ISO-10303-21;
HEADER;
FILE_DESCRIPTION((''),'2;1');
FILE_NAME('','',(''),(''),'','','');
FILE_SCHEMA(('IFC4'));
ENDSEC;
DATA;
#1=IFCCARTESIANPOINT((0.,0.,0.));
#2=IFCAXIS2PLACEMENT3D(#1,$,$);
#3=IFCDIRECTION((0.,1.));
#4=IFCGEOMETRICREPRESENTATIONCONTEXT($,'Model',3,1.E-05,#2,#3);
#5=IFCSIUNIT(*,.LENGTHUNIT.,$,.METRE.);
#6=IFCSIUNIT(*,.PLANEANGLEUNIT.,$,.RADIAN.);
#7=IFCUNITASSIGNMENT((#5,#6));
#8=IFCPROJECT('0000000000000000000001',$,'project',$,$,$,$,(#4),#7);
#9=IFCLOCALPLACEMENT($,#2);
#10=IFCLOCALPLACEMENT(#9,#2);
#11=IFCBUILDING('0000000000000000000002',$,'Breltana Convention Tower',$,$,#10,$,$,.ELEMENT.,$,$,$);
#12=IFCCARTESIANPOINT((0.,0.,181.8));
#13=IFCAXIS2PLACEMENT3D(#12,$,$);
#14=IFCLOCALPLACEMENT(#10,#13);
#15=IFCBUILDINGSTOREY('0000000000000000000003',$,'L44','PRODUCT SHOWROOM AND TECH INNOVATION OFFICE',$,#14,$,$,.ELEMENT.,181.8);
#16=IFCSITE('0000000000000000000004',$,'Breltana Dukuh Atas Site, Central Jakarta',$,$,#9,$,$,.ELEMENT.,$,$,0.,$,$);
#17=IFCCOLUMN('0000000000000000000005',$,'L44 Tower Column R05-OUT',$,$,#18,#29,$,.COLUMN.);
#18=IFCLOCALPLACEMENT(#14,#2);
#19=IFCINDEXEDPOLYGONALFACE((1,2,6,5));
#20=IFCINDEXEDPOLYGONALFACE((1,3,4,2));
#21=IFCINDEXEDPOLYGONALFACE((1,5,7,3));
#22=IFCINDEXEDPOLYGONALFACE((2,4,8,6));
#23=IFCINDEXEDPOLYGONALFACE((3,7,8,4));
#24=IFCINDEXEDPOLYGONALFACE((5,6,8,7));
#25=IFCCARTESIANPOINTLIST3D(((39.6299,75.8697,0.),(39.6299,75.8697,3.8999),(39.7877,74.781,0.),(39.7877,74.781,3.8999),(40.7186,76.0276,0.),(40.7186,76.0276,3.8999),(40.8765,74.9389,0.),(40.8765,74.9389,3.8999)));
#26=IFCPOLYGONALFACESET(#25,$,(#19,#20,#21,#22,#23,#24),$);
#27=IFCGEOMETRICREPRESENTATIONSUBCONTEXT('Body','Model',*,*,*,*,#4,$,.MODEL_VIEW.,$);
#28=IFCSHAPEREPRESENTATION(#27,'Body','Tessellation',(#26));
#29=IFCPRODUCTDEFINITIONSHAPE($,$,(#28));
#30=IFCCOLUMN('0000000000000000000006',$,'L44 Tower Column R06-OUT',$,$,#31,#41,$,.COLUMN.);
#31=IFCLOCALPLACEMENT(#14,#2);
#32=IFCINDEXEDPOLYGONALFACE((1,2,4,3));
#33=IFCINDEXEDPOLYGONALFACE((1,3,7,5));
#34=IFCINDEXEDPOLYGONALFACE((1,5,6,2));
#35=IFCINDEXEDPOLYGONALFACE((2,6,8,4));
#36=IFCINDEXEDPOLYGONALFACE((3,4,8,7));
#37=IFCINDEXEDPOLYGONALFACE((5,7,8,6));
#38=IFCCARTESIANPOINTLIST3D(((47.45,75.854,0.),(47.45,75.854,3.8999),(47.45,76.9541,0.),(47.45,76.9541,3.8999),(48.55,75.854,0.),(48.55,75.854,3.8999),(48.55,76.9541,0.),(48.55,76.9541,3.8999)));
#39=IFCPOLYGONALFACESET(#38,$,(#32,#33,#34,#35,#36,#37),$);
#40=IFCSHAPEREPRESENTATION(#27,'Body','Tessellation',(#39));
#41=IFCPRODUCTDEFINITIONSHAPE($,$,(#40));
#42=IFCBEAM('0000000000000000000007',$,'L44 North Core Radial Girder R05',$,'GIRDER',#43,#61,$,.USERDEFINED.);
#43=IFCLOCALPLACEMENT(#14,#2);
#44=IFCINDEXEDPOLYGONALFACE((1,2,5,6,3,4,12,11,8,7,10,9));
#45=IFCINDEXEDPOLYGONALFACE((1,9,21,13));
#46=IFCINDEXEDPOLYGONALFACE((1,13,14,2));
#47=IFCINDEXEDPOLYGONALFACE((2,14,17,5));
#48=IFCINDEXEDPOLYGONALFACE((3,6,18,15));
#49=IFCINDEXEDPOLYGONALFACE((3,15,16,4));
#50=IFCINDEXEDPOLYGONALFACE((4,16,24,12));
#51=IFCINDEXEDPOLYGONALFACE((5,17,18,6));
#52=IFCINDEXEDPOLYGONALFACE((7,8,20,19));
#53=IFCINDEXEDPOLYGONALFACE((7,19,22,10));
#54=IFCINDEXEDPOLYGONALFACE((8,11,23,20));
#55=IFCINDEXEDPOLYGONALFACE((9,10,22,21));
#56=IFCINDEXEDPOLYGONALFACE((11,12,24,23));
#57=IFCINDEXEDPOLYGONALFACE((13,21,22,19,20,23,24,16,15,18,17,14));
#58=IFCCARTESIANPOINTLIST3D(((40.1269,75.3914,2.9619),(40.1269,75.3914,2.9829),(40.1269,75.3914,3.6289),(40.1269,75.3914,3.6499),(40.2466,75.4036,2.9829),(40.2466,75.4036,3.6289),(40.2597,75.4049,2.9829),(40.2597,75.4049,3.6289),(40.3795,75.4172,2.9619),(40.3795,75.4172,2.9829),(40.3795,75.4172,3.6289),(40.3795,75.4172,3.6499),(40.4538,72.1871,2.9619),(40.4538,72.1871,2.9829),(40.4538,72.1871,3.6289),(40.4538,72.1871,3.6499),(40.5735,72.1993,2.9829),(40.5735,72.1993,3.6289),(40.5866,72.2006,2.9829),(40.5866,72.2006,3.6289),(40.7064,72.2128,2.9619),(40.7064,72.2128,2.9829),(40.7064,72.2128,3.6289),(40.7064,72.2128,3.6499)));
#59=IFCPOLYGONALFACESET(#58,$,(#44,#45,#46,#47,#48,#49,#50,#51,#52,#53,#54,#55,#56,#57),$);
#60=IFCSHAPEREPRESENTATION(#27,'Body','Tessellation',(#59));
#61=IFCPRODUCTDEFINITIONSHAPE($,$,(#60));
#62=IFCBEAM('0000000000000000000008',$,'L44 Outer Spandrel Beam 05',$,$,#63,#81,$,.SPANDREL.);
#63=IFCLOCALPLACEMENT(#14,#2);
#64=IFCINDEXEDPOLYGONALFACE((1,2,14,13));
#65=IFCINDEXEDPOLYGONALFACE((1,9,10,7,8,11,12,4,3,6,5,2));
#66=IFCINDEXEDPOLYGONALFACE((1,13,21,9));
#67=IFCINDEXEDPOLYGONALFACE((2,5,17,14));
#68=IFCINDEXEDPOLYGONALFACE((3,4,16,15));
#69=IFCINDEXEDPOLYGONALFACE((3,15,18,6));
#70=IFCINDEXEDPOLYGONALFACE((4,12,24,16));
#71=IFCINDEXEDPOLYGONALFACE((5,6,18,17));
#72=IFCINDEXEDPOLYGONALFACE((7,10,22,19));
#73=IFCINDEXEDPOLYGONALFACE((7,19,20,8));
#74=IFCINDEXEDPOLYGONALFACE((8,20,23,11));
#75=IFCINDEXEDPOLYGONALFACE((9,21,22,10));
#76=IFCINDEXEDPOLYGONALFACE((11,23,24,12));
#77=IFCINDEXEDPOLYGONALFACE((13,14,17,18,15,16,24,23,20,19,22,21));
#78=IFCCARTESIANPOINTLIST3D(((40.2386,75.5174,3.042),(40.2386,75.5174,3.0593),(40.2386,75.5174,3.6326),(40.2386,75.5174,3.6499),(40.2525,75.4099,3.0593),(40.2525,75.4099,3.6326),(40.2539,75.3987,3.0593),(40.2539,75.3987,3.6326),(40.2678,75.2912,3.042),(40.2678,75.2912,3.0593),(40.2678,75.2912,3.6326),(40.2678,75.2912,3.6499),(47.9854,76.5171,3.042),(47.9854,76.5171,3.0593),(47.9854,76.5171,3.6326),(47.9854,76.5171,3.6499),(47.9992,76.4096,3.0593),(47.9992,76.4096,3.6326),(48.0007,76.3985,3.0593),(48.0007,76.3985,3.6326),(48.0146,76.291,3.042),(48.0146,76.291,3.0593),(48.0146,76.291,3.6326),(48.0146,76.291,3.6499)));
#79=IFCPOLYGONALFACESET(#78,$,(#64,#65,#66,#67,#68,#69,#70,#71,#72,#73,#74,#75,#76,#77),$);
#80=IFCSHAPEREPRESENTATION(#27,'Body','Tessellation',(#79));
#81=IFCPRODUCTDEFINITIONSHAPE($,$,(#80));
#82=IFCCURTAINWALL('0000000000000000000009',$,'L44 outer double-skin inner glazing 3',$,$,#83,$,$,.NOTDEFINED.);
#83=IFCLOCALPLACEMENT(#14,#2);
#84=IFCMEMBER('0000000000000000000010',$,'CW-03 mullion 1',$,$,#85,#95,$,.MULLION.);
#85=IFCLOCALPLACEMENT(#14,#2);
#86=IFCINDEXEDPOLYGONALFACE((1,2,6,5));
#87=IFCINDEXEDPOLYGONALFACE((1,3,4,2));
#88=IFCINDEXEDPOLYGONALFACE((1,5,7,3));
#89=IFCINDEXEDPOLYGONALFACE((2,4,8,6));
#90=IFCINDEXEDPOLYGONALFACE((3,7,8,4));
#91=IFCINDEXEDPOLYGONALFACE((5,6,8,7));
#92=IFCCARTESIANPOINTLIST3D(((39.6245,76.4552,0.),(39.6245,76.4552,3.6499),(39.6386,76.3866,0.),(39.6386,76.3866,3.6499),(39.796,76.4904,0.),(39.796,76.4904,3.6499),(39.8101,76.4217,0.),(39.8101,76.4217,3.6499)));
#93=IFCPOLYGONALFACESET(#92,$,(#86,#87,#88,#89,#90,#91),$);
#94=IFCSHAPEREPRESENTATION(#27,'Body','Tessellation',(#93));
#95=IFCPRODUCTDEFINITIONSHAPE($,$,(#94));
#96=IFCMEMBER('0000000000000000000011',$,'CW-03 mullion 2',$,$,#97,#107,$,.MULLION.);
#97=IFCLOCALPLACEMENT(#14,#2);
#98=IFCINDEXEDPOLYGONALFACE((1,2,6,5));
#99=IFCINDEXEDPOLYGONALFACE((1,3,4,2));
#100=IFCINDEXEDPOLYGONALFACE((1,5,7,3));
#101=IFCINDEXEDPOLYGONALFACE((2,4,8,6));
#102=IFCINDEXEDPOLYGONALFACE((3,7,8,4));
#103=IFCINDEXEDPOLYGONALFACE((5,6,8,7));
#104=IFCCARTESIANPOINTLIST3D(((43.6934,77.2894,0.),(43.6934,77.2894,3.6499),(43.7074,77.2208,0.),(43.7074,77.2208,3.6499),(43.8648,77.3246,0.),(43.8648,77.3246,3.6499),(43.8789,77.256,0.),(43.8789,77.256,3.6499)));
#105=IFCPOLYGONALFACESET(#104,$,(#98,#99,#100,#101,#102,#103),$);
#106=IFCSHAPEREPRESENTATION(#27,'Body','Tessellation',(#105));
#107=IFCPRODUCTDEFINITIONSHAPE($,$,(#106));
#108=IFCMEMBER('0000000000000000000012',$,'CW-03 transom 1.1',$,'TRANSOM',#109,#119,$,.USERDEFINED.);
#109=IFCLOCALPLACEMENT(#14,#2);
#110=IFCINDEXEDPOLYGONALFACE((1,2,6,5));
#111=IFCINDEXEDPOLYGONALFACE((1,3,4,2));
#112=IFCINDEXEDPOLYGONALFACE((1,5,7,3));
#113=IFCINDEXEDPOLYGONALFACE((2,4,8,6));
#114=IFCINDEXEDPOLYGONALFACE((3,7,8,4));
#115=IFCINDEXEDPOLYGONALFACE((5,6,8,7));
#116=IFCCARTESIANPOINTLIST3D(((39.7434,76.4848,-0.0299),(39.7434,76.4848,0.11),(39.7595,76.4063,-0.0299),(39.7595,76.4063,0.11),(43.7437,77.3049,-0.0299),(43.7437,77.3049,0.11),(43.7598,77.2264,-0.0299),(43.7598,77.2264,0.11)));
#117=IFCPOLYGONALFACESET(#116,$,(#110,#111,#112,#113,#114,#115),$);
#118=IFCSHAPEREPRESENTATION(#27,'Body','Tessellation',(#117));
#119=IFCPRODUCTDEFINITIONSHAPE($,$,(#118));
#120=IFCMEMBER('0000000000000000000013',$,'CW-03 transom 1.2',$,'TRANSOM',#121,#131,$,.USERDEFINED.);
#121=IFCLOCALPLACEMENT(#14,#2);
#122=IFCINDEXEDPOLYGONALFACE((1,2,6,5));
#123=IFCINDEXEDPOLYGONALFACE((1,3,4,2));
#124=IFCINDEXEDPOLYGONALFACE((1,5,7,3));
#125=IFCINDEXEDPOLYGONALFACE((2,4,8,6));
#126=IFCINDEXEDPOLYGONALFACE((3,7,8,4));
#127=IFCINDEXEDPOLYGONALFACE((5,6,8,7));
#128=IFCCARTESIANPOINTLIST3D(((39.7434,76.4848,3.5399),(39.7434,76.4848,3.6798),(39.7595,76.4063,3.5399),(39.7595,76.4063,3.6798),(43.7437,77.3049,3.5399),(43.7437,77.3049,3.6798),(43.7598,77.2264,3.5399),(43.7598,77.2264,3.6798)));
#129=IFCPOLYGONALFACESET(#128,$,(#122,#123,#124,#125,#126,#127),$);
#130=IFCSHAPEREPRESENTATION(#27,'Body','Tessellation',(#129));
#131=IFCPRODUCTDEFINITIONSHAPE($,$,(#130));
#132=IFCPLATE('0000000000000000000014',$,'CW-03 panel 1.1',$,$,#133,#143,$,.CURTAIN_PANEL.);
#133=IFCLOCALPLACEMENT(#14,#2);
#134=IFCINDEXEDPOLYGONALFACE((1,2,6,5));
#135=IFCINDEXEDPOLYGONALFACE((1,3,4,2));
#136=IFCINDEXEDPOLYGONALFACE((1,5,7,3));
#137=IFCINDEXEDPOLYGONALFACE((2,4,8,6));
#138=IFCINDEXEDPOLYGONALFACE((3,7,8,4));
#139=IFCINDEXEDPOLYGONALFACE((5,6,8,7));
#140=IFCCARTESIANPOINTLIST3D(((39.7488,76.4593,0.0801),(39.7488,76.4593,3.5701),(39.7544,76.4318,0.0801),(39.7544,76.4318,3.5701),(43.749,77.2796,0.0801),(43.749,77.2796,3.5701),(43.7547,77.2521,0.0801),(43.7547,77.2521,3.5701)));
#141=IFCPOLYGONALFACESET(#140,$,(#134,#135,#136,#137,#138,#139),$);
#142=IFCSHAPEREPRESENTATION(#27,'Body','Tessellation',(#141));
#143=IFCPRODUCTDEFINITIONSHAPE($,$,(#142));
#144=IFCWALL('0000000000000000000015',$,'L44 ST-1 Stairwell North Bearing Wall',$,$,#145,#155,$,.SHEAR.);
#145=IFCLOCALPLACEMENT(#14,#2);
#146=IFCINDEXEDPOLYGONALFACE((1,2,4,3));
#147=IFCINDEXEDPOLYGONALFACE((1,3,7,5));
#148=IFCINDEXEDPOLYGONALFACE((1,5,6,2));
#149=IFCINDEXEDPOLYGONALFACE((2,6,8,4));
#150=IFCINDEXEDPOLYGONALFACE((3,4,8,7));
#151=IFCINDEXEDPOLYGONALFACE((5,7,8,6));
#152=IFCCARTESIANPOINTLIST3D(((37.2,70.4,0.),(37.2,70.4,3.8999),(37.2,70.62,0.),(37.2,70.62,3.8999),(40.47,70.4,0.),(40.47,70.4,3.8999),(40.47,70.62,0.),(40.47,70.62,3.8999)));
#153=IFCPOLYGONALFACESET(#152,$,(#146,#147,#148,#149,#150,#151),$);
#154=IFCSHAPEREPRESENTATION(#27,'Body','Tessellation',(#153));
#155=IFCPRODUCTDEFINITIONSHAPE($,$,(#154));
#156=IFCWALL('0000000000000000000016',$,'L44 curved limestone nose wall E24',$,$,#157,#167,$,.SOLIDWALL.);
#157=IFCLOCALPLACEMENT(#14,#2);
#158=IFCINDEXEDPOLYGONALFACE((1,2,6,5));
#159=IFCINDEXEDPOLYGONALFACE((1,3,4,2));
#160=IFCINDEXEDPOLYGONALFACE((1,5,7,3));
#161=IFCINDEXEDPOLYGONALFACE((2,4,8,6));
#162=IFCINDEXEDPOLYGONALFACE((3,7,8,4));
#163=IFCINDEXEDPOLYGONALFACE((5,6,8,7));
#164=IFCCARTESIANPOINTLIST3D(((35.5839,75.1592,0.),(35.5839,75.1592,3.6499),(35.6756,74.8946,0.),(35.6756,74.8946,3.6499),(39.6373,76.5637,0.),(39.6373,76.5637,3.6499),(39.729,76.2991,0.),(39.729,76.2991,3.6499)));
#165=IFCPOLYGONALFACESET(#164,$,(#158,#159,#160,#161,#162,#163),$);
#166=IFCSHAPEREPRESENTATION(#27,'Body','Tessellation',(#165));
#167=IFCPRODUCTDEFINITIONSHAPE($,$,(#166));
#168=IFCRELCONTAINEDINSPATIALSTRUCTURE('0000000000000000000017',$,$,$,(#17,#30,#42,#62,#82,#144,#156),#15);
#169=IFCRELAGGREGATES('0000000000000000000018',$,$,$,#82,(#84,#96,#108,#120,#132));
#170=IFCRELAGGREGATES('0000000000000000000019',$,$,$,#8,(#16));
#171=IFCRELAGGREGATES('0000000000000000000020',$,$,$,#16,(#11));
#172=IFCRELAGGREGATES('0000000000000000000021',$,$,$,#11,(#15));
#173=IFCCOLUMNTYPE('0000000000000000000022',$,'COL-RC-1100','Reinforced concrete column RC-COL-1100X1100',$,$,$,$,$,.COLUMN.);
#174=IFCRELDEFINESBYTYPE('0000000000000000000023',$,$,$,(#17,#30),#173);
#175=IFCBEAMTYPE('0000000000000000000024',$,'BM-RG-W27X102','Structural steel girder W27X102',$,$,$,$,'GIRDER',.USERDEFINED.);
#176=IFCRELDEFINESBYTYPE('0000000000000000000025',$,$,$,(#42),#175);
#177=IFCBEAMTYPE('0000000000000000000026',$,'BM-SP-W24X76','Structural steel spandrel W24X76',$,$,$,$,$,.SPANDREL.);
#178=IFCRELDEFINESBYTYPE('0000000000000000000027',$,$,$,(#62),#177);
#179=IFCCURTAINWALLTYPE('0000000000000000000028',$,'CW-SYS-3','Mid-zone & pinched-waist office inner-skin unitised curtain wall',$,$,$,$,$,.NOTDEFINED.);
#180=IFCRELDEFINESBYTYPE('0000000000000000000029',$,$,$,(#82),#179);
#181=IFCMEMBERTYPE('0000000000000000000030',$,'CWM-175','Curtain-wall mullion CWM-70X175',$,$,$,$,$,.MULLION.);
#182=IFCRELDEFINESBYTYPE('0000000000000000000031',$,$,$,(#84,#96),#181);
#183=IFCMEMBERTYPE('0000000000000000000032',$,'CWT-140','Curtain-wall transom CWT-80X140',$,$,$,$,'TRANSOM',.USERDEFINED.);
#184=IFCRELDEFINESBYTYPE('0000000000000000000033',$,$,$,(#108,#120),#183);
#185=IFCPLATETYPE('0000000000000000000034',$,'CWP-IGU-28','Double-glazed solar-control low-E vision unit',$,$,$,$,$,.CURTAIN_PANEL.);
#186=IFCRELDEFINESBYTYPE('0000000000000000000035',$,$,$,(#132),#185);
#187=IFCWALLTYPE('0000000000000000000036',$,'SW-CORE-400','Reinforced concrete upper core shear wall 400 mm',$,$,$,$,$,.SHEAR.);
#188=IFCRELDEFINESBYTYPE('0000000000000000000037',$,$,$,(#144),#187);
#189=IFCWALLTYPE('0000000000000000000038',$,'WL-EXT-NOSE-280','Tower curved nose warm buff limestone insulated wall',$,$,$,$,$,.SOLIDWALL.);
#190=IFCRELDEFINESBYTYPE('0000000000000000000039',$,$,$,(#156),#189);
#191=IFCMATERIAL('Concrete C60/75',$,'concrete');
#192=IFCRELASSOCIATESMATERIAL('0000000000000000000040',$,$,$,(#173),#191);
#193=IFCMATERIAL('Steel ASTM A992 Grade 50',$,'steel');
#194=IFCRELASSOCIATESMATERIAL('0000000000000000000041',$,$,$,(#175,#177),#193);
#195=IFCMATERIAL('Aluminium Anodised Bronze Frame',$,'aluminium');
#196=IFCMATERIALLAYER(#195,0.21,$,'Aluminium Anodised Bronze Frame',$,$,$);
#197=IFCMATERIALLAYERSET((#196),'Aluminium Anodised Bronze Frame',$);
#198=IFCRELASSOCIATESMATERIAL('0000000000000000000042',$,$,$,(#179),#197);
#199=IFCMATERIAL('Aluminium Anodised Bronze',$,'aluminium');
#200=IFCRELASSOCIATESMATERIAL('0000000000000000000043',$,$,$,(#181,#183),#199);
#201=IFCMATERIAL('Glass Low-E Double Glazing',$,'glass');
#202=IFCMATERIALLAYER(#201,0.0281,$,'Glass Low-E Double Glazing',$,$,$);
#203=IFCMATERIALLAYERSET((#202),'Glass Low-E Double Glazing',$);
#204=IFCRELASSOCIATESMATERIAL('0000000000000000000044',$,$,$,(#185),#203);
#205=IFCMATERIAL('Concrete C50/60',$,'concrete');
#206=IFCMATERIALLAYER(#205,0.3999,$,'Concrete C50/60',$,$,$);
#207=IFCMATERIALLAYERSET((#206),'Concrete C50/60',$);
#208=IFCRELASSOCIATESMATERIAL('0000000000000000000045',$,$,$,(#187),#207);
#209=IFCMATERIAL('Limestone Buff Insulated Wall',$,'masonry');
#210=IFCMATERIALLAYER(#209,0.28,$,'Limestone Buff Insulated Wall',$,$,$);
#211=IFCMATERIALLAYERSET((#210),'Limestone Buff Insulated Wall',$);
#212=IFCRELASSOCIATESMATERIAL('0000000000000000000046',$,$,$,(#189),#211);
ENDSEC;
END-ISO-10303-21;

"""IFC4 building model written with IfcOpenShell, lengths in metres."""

from ifc_helpers import new_model, si_unit, direction, frame, frame_2d, origin, origin_2d, place, context, subcontext, project, spatial, rectangle, i_section, extrude, source, transform, mapped, material, layer, layer_set, material_profile, profile_set, type_object, element, aggregate, save


model = new_model("IFC4")

# Units and contexts
model_context = context("Model", 3, precision=1e-05, world=origin(), true_north=direction((0.0, 1.0)))
body_context = subcontext(model_context, "Body", "Model", "MODEL_VIEW")
ifc_project = project(units=[si_unit("LENGTHUNIT", "METRE"), si_unit("PLANEANGLEUNIT", "RADIAN")], contexts=[model_context])

# Site, building, storey
site_placement = place(None, origin())
site = spatial("IfcSite", under=ifc_project, at=site_placement, Name="Breltana Dukuh Atas Site, Central Jakarta", CompositionType="ELEMENT", RefElevation=0.0)
building_placement = place(site_placement, origin())
building = spatial("IfcBuilding", under=site, at=building_placement, Name="Breltana Convention Tower", CompositionType="ELEMENT")
storey_placement = place(building_placement, frame((0.0, 0.0, 181.8)))
storey = spatial("IfcBuildingStorey", under=building, at=storey_placement, Name="L44", Description="PRODUCT SHOWROOM AND TECH INNOVATION OFFICE", CompositionType="ELEMENT", Elevation=181.8)

# Columns
ifc_material_1 = material(Name="Concrete C60/75", Category="concrete")
ifc_material_profile_1 = material_profile(ifc_material_1, rectangle(XDim=1.1001, YDim=1.1001, at=origin_2d()), Name="RC-COL-1100X1100")
ifc_profile_set_1 = profile_set([ifc_material_profile_1], Name="Concrete C60/75")
column_type = type_object("IfcColumnType", Name="COL-RC-1100", Description="Reinforced concrete column RC-COL-1100X1100", PredefinedType="COLUMN", material=ifc_profile_set_1)
shared_shape_1 = source(origin(), body_context, "Body", "SweptSolid", [
    extrude(rectangle(XDim=1.1001, YDim=1.1001, at=origin_2d()), origin(), (0.0, 0.0, 1.0), 3.8999),
])
for number, where, z_axis, x_axis, name in (
    (1, (40.2532, 75.4043, 0.0), (0.0, 0.0, 1.0), (-0.143493, 0.989651, 0.0), "L44 Tower Column R05-OUT"),
    (2, (48.0, 76.4041, 0.0), (0.0, 0.0, 1.0), (0.0, 1.0, 0.0), "L44 Tower Column R06-OUT"),
):
    element("IfcColumn", number, at=place(storey_placement, frame(where, z_axis=z_axis, x_axis=x_axis)), inside=storey, type_object=column_type, Name=name, PredefinedType="COLUMN", context=body_context, shape_type="MappedRepresentation", body=[
        mapped(shared_shape_1, transform((0.0, 0.0, 0.0), scale=1.0)),
    ])

# Beams
ifc_material_2 = material(Name="Steel ASTM A992 Grade 50", Category="steel")
ifc_material_profile_2 = material_profile(ifc_material_2, i_section(OverallWidth=0.2539, OverallDepth=0.688, WebThickness=0.0132, FlangeThickness=0.021, at=origin_2d()), Name="W27X102")
ifc_profile_set_2 = profile_set([ifc_material_profile_2], Name="Steel ASTM A992 Grade 50")
beam_type_1 = type_object("IfcBeamType", Name="BM-RG-W27X102", Description="Structural steel girder W27X102", ElementType="GIRDER", PredefinedType="USERDEFINED", material=ifc_profile_set_2)
shared_shape_2 = source(origin(), body_context, "Body", "SweptSolid", [
    extrude(i_section(OverallWidth=0.2539, OverallDepth=0.688, WebThickness=0.0132, FlangeThickness=0.021, at=origin_2d()), origin(), (0.0, 0.0, 1.0), 3.2209),
])
beam_1_placement = place(storey_placement, frame((40.5801, 72.2, 3.3059), z_axis=(-0.101492, 0.994836, 0.0), x_axis=(-0.994836, -0.101492, 0.0)))
element("IfcBeam", 3, at=beam_1_placement, inside=storey, type_object=beam_type_1, Name="L44 North Core Radial Girder R05", ObjectType="GIRDER", PredefinedType="USERDEFINED", context=body_context, shape_type="MappedRepresentation", body=[
    mapped(shared_shape_2, transform((0.0, 0.0, 0.0), scale=1.0)),
])
ifc_material_profile_3 = material_profile(ifc_material_2, i_section(OverallWidth=0.228, OverallDepth=0.6079, WebThickness=0.0112, FlangeThickness=0.0173, at=origin_2d()), Name="W24X76")
ifc_profile_set_3 = profile_set([ifc_material_profile_3], Name="Steel ASTM A992 Grade 50")
beam_type_2 = type_object("IfcBeamType", Name="BM-SP-W24X76", Description="Structural steel spandrel W24X76", PredefinedType="SPANDREL", material=ifc_profile_set_3)
shared_shape_3 = source(origin(), body_context, "Body", "SweptSolid", [
    extrude(i_section(OverallWidth=0.228, OverallDepth=0.6079, WebThickness=0.0112, FlangeThickness=0.0173, at=origin_2d()), origin(), (0.0, 0.0, 1.0), 7.811),
])
beam_2_placement = place(storey_placement, frame((40.2532, 75.4043, 3.3459), z_axis=(0.991775, 0.127992, 0.0), x_axis=(-0.127992, 0.991775, 0.0)))
element("IfcBeam", 4, at=beam_2_placement, inside=storey, type_object=beam_type_2, Name="L44 Outer Spandrel Beam 05", PredefinedType="SPANDREL", context=body_context, shape_type="MappedRepresentation", body=[
    mapped(shared_shape_3, transform((0.0, 0.0, 0.0), scale=1.0)),
])

# Curtain wall, members, plate
ifc_material_3 = material(Name="Aluminium Anodised Bronze Frame", Category="aluminium")
ifc_layer_1 = layer(ifc_material_3, 0.21, Name="Aluminium Anodised Bronze Frame")
ifc_layer_set_1 = layer_set([ifc_layer_1], Name="Aluminium Anodised Bronze Frame")
curtain_wall_type = type_object("IfcCurtainWallType", Name="CW-SYS-3", Description="Mid-zone & pinched-waist office inner-skin unitised curtain wall", PredefinedType="NOTDEFINED", material=ifc_layer_set_1)
curtain_wall_placement = place(storey_placement, origin())
curtain_wall = element("IfcCurtainWall", 5, at=curtain_wall_placement, inside=storey, type_object=curtain_wall_type, Name="L44 outer double-skin inner glazing 3", PredefinedType="NOTDEFINED")
ifc_material_4 = material(Name="Aluminium Anodised Bronze", Category="aluminium")
ifc_material_profile_4 = material_profile(ifc_material_4, rectangle(XDim=0.0701, YDim=0.175, at=origin_2d()), Name="CWM-70X175")
ifc_profile_set_4 = profile_set([ifc_material_profile_4], Name="Aluminium Anodised Bronze")
member_type_1 = type_object("IfcMemberType", Name="CWM-175", Description="Curtain-wall mullion CWM-70X175", PredefinedType="MULLION", material=ifc_profile_set_4)
shared_shape_4 = source(origin(), body_context, "Body", "SweptSolid", [
    extrude(rectangle(XDim=0.0701, YDim=0.175, at=origin_2d()), origin(), (0.0, 0.0, 1.0), 3.6499),
])
member_1_placement = place(storey_placement, frame((39.7173, 76.4385, 0.0), z_axis=(0.0, 0.0, 1.0), x_axis=(-0.200877, 0.979617, 0.0)))
member_1 = element("IfcMember", 6, at=member_1_placement, type_object=member_type_1, Name="CW-03 mullion 1", PredefinedType="MULLION", context=body_context, shape_type="MappedRepresentation", body=[
    mapped(shared_shape_4, transform((0.0, 0.0, 0.0), scale=1.0)),
])
member_2_placement = place(storey_placement, frame((43.7861, 77.2727, 0.0), z_axis=(0.0, 0.0, 1.0), x_axis=(-0.200877, 0.979617, 0.0)))
member_2 = element("IfcMember", 7, at=member_2_placement, type_object=member_type_1, Name="CW-03 mullion 2", PredefinedType="MULLION", context=body_context, shape_type="MappedRepresentation", body=[
    mapped(shared_shape_4, transform((0.0, 0.0, 0.0), scale=1.0)),
])
ifc_material_profile_5 = material_profile(ifc_material_4, rectangle(XDim=0.0801, YDim=0.1399, at=origin_2d()), Name="CWT-80X140")
ifc_profile_set_5 = profile_set([ifc_material_profile_5], Name="Aluminium Anodised Bronze")
member_type_2 = type_object("IfcMemberType", Name="CWT-140", Description="Curtain-wall transom CWT-80X140", ElementType="TRANSOM", PredefinedType="USERDEFINED", material=ifc_profile_set_5)
shared_shape_5 = source(origin(), body_context, "Body", "SweptSolid", [
    extrude(rectangle(XDim=0.0801, YDim=0.1399, at=origin_2d()), origin(), (0.0, 0.0, 1.0), 4.0835),
])
member_3_placement = place(storey_placement, frame((39.7515, 76.4456, 0.04), z_axis=(0.979627, 0.200828, 0.0), x_axis=(-0.200828, 0.979627, 0.0)))
member_3 = element("IfcMember", 8, at=member_3_placement, type_object=member_type_2, Name="CW-03 transom 1.1", ObjectType="TRANSOM", PredefinedType="USERDEFINED", context=body_context, shape_type="MappedRepresentation", body=[
    mapped(shared_shape_5, transform((0.0, 0.0, 0.0), scale=1.0)),
])
member_4_placement = place(storey_placement, frame((39.7515, 76.4456, 3.6099), z_axis=(0.979627, 0.200828, 0.0), x_axis=(-0.200828, 0.979627, 0.0)))
member_4 = element("IfcMember", 9, at=member_4_placement, type_object=member_type_2, Name="CW-03 transom 1.2", ObjectType="TRANSOM", PredefinedType="USERDEFINED", context=body_context, shape_type="MappedRepresentation", body=[
    mapped(shared_shape_5, transform((0.0, 0.0, 0.0), scale=1.0)),
])
ifc_material_5 = material(Name="Glass Low-E Double Glazing", Category="glass")
ifc_layer_2 = layer(ifc_material_5, 0.0281, Name="Glass Low-E Double Glazing")
ifc_layer_set_2 = layer_set([ifc_layer_2], Name="Glass Low-E Double Glazing")
plate_type = type_object("IfcPlateType", Name="CWP-IGU-28", Description="Double-glazed solar-control low-E vision unit", PredefinedType="CURTAIN_PANEL", material=ifc_layer_set_2)
shared_shape_6 = source(origin(), body_context, "Body", "SweptSolid", [
    extrude(rectangle(XDim=4.0835, YDim=0.0281, at=origin_2d()), origin(), (0.0, 0.0, 1.0), 3.49),
])
plate_placement = place(storey_placement, frame((41.7517, 76.8557, 0.0801), z_axis=(0.0, 0.0, 1.0), x_axis=(0.979617, 0.200877, 0.0)))
plate = element("IfcPlate", 10, at=plate_placement, type_object=plate_type, Name="CW-03 panel 1.1", PredefinedType="CURTAIN_PANEL", context=body_context, shape_type="MappedRepresentation", body=[
    mapped(shared_shape_6, transform((0.0, 0.0, 0.0), scale=1.0)),
])
aggregate(curtain_wall, [member_1, member_2, member_3, member_4, plate])

# Walls
ifc_material_6 = material(Name="Concrete C50/60", Category="concrete")
ifc_layer_3 = layer(ifc_material_6, 0.3999, Name="Concrete C50/60")
ifc_layer_set_3 = layer_set([ifc_layer_3], Name="Concrete C50/60")
wall_type_1 = type_object("IfcWallType", Name="SW-CORE-400", Description="Reinforced concrete upper core shear wall 400 mm", PredefinedType="SHEAR", material=ifc_layer_set_3)
shared_shape_7 = source(origin(), body_context, "Body", "SweptSolid", [
    extrude(rectangle(XDim=3.27, YDim=0.22, at=frame_2d((1.635, 0.0))), origin(), (0.0, 0.0, 1.0), 3.8999),
])
wall_1_placement = place(storey_placement, frame((37.2, 70.51, 0.0), z_axis=(0.0, 0.0, 1.0), x_axis=(1.0, 0.0, 0.0)))
element("IfcWall", 11, at=wall_1_placement, inside=storey, type_object=wall_type_1, Name="L44 ST-1 Stairwell North Bearing Wall", PredefinedType="SHEAR", context=body_context, shape_type="MappedRepresentation", body=[
    mapped(shared_shape_7, transform((0.0, 0.0, 0.0), scale=1.0)),
])
ifc_material_7 = material(Name="Limestone Buff Insulated Wall", Category="masonry")
ifc_layer_4 = layer(ifc_material_7, 0.28, Name="Limestone Buff Insulated Wall")
ifc_layer_set_4 = layer_set([ifc_layer_4], Name="Limestone Buff Insulated Wall")
wall_type_2 = type_object("IfcWallType", Name="WL-EXT-NOSE-280", Description="Tower curved nose warm buff limestone insulated wall", PredefinedType="SOLIDWALL", material=ifc_layer_set_4)
shared_shape_8 = source(origin(), body_context, "Body", "SweptSolid", [
    extrude(rectangle(XDim=4.2898, YDim=0.28, at=frame_2d((2.145, 0.0))), origin(), (0.0, 0.0, 1.0), 3.6499),
])
wall_2_placement = place(storey_placement, frame((35.6296, 75.0269, 0.0), z_axis=(0.0, 0.0, 1.0), x_axis=(0.944884, 0.327406, 0.0)))
element("IfcWall", 12, at=wall_2_placement, inside=storey, type_object=wall_type_2, Name="L44 curved limestone nose wall E24", PredefinedType="SOLIDWALL", context=body_context, shape_type="MappedRepresentation", body=[
    mapped(shared_shape_8, transform((0.0, 0.0, 0.0), scale=1.0)),
])

save(model, "model.ifc")
